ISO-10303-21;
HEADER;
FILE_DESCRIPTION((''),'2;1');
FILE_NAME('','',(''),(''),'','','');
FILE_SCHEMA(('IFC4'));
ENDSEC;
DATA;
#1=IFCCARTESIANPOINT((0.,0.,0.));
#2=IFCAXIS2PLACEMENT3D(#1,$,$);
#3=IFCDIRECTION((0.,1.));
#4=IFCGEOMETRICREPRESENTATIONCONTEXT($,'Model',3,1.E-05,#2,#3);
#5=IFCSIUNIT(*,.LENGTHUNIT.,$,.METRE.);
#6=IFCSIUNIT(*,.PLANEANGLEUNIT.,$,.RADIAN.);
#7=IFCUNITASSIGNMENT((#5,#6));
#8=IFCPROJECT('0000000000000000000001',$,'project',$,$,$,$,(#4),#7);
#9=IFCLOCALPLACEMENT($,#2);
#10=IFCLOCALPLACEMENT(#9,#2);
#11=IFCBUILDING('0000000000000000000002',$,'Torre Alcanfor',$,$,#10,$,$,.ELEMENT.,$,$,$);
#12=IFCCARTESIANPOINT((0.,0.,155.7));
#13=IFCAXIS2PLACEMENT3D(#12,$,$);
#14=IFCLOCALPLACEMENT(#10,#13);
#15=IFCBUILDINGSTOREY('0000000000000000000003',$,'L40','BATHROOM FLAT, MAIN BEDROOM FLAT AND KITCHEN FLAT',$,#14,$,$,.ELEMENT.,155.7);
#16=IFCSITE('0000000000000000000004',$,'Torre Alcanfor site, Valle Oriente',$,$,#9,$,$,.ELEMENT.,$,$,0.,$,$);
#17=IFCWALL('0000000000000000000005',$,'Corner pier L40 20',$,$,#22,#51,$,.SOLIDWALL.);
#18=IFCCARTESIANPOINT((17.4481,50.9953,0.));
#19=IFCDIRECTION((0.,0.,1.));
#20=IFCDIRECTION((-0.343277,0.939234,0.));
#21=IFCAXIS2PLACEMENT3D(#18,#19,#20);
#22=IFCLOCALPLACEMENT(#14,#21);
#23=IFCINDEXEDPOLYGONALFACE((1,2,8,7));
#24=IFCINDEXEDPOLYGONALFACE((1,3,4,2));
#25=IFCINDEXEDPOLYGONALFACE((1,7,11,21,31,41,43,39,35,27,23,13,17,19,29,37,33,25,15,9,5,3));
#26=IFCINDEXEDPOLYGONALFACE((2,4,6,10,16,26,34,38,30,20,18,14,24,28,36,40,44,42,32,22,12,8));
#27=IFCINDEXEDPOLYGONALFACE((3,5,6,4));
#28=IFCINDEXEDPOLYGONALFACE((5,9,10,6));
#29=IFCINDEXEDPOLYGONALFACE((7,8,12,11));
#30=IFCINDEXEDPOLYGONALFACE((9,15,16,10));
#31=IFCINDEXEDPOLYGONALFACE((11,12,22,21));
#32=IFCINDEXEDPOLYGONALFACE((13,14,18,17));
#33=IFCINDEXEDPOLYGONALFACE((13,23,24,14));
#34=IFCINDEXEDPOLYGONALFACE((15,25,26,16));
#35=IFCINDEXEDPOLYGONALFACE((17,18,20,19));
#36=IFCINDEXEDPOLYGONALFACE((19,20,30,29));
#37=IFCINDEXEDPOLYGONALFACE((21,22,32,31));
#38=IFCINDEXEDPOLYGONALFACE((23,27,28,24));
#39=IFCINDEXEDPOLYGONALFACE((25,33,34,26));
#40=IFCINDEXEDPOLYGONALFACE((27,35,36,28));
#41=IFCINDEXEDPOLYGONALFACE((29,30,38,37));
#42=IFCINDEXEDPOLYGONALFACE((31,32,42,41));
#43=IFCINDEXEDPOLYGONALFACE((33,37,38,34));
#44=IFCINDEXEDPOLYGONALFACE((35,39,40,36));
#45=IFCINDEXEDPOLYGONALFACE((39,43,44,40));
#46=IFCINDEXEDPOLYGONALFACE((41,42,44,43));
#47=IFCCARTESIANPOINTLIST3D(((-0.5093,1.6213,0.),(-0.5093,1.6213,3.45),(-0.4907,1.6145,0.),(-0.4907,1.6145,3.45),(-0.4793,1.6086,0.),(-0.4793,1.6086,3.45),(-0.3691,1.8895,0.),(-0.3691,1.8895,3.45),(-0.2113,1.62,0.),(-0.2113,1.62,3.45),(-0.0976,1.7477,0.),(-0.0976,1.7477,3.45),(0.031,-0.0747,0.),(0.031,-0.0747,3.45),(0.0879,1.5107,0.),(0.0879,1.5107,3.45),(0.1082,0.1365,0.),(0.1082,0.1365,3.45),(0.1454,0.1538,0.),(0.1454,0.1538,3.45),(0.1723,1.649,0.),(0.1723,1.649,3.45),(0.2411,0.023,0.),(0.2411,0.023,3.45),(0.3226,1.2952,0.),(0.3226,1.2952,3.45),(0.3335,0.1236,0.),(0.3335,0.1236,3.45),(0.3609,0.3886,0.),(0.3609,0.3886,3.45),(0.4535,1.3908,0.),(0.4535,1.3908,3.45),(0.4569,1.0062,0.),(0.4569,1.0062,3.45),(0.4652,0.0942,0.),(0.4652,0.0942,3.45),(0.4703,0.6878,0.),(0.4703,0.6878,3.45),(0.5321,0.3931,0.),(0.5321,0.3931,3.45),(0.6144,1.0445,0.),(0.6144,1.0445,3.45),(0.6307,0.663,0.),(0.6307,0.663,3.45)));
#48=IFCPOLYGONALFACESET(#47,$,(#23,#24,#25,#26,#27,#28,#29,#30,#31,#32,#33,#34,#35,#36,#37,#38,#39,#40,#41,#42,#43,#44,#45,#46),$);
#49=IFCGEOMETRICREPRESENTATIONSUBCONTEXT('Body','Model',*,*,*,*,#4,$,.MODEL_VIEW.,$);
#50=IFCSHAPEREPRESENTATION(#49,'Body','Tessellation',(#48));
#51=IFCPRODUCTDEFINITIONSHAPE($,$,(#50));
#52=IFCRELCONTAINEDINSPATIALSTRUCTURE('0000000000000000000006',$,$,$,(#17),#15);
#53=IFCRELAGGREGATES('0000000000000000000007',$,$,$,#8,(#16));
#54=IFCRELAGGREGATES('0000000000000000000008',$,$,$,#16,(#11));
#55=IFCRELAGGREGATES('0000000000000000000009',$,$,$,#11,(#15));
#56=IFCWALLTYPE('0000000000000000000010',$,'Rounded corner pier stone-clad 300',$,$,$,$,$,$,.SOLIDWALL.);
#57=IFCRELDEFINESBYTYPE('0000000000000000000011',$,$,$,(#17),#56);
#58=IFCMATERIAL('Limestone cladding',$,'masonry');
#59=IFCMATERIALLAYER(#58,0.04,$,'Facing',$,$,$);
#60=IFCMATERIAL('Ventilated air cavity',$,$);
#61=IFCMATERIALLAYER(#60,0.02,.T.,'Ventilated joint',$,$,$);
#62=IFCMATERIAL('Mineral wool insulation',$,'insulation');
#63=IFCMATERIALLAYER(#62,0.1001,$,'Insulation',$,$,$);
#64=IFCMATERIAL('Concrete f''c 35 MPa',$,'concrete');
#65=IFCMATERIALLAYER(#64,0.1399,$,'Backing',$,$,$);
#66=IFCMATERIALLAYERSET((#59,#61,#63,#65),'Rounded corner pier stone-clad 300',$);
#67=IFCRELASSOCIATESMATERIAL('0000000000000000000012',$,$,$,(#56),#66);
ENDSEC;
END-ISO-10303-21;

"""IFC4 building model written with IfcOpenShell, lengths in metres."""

from ifc_helpers import new_model, si_unit, direction, frame, origin, place, context, subcontext, project, spatial, polyline, outline, extrude, material, layer, layer_set, type_object, element, save


model = new_model("IFC4")

# Units and contexts
model_context = context("Model", 3, precision=1e-05, world=origin(), true_north=direction((0.0, 1.0)))
body_context = subcontext(model_context, "Body", "Model", "MODEL_VIEW")
ifc_project = project(units=[si_unit("LENGTHUNIT", "METRE"), si_unit("PLANEANGLEUNIT", "RADIAN")], contexts=[model_context])

# Site, building, storey
site_placement = place(None, origin())
site = spatial("IfcSite", under=ifc_project, at=site_placement, Name="Torre Alcanfor site, Valle Oriente", CompositionType="ELEMENT", RefElevation=0.0)
building_placement = place(site_placement, origin())
building = spatial("IfcBuilding", under=site, at=building_placement, Name="Torre Alcanfor", CompositionType="ELEMENT")
storey_placement = place(building_placement, frame((0.0, 0.0, 155.7)))
storey = spatial("IfcBuildingStorey", under=building, at=storey_placement, Name="L40", Description="BATHROOM FLAT, MAIN BEDROOM FLAT AND KITCHEN FLAT", CompositionType="ELEMENT", Elevation=155.7)

# Shared definitions
ifc_material_1 = material(Name="Limestone cladding", Category="masonry")
ifc_material_2 = material(Name="Ventilated air cavity")
ifc_material_3 = material(Name="Mineral wool insulation", Category="insulation")
ifc_material_4 = material(Name="Concrete f'c 35 MPa", Category="concrete")

# Wall
ifc_layer_1 = layer(ifc_material_1, 0.04, Name="Facing")
ifc_layer_2 = layer(ifc_material_2, 0.02, ventilated=True, Name="Ventilated joint")
ifc_layer_3 = layer(ifc_material_3, 0.1001, Name="Insulation")
ifc_layer_4 = layer(ifc_material_4, 0.1399, Name="Backing")
ifc_layer_set_1 = layer_set([ifc_layer_1, ifc_layer_2, ifc_layer_3, ifc_layer_4], Name="Rounded corner pier stone-clad 300")
wall_type_1 = type_object("IfcWallType", Name="Rounded corner pier stone-clad 300", PredefinedType="SOLIDWALL", material=ifc_layer_set_1)
wall_1_placement = place(storey_placement, frame((17.4481, 50.9953, 0.0), z_axis=(0.0, 0.0, 1.0), x_axis=(-0.343277, 0.939234, 0.0)))
element("IfcWall", 1, at=wall_1_placement, inside=storey, type_object=wall_type_1, Name="Corner pier L40 20", PredefinedType="SOLIDWALL", context=body_context, shape_type="SweptSolid", body=[
    extrude(outline(polyline([(0.2411, 0.023), (0.3335, 0.1236), (0.4652, 0.0942), (0.5321, 0.3931), (0.6307, 0.663), (0.6144, 1.0445), (0.4535, 1.3908), (0.1723, 1.649), (-0.0976, 1.7477), (-0.3691, 1.8895), (-0.5093, 1.6213), (-0.4907, 1.6145), (-0.4793, 1.6086), (-0.2113, 1.62), (0.0879, 1.5107), (0.3226, 1.2952), (0.4569, 1.0062), (0.4703, 0.6878), (0.3609, 0.3886), (0.1454, 0.1538), (0.1082, 0.1365), (0.031, -0.0747), (0.2411, 0.023)])), origin(), (0.0, 0.0, 1.0), 3.45),
])

save(model, "model.ifc")
